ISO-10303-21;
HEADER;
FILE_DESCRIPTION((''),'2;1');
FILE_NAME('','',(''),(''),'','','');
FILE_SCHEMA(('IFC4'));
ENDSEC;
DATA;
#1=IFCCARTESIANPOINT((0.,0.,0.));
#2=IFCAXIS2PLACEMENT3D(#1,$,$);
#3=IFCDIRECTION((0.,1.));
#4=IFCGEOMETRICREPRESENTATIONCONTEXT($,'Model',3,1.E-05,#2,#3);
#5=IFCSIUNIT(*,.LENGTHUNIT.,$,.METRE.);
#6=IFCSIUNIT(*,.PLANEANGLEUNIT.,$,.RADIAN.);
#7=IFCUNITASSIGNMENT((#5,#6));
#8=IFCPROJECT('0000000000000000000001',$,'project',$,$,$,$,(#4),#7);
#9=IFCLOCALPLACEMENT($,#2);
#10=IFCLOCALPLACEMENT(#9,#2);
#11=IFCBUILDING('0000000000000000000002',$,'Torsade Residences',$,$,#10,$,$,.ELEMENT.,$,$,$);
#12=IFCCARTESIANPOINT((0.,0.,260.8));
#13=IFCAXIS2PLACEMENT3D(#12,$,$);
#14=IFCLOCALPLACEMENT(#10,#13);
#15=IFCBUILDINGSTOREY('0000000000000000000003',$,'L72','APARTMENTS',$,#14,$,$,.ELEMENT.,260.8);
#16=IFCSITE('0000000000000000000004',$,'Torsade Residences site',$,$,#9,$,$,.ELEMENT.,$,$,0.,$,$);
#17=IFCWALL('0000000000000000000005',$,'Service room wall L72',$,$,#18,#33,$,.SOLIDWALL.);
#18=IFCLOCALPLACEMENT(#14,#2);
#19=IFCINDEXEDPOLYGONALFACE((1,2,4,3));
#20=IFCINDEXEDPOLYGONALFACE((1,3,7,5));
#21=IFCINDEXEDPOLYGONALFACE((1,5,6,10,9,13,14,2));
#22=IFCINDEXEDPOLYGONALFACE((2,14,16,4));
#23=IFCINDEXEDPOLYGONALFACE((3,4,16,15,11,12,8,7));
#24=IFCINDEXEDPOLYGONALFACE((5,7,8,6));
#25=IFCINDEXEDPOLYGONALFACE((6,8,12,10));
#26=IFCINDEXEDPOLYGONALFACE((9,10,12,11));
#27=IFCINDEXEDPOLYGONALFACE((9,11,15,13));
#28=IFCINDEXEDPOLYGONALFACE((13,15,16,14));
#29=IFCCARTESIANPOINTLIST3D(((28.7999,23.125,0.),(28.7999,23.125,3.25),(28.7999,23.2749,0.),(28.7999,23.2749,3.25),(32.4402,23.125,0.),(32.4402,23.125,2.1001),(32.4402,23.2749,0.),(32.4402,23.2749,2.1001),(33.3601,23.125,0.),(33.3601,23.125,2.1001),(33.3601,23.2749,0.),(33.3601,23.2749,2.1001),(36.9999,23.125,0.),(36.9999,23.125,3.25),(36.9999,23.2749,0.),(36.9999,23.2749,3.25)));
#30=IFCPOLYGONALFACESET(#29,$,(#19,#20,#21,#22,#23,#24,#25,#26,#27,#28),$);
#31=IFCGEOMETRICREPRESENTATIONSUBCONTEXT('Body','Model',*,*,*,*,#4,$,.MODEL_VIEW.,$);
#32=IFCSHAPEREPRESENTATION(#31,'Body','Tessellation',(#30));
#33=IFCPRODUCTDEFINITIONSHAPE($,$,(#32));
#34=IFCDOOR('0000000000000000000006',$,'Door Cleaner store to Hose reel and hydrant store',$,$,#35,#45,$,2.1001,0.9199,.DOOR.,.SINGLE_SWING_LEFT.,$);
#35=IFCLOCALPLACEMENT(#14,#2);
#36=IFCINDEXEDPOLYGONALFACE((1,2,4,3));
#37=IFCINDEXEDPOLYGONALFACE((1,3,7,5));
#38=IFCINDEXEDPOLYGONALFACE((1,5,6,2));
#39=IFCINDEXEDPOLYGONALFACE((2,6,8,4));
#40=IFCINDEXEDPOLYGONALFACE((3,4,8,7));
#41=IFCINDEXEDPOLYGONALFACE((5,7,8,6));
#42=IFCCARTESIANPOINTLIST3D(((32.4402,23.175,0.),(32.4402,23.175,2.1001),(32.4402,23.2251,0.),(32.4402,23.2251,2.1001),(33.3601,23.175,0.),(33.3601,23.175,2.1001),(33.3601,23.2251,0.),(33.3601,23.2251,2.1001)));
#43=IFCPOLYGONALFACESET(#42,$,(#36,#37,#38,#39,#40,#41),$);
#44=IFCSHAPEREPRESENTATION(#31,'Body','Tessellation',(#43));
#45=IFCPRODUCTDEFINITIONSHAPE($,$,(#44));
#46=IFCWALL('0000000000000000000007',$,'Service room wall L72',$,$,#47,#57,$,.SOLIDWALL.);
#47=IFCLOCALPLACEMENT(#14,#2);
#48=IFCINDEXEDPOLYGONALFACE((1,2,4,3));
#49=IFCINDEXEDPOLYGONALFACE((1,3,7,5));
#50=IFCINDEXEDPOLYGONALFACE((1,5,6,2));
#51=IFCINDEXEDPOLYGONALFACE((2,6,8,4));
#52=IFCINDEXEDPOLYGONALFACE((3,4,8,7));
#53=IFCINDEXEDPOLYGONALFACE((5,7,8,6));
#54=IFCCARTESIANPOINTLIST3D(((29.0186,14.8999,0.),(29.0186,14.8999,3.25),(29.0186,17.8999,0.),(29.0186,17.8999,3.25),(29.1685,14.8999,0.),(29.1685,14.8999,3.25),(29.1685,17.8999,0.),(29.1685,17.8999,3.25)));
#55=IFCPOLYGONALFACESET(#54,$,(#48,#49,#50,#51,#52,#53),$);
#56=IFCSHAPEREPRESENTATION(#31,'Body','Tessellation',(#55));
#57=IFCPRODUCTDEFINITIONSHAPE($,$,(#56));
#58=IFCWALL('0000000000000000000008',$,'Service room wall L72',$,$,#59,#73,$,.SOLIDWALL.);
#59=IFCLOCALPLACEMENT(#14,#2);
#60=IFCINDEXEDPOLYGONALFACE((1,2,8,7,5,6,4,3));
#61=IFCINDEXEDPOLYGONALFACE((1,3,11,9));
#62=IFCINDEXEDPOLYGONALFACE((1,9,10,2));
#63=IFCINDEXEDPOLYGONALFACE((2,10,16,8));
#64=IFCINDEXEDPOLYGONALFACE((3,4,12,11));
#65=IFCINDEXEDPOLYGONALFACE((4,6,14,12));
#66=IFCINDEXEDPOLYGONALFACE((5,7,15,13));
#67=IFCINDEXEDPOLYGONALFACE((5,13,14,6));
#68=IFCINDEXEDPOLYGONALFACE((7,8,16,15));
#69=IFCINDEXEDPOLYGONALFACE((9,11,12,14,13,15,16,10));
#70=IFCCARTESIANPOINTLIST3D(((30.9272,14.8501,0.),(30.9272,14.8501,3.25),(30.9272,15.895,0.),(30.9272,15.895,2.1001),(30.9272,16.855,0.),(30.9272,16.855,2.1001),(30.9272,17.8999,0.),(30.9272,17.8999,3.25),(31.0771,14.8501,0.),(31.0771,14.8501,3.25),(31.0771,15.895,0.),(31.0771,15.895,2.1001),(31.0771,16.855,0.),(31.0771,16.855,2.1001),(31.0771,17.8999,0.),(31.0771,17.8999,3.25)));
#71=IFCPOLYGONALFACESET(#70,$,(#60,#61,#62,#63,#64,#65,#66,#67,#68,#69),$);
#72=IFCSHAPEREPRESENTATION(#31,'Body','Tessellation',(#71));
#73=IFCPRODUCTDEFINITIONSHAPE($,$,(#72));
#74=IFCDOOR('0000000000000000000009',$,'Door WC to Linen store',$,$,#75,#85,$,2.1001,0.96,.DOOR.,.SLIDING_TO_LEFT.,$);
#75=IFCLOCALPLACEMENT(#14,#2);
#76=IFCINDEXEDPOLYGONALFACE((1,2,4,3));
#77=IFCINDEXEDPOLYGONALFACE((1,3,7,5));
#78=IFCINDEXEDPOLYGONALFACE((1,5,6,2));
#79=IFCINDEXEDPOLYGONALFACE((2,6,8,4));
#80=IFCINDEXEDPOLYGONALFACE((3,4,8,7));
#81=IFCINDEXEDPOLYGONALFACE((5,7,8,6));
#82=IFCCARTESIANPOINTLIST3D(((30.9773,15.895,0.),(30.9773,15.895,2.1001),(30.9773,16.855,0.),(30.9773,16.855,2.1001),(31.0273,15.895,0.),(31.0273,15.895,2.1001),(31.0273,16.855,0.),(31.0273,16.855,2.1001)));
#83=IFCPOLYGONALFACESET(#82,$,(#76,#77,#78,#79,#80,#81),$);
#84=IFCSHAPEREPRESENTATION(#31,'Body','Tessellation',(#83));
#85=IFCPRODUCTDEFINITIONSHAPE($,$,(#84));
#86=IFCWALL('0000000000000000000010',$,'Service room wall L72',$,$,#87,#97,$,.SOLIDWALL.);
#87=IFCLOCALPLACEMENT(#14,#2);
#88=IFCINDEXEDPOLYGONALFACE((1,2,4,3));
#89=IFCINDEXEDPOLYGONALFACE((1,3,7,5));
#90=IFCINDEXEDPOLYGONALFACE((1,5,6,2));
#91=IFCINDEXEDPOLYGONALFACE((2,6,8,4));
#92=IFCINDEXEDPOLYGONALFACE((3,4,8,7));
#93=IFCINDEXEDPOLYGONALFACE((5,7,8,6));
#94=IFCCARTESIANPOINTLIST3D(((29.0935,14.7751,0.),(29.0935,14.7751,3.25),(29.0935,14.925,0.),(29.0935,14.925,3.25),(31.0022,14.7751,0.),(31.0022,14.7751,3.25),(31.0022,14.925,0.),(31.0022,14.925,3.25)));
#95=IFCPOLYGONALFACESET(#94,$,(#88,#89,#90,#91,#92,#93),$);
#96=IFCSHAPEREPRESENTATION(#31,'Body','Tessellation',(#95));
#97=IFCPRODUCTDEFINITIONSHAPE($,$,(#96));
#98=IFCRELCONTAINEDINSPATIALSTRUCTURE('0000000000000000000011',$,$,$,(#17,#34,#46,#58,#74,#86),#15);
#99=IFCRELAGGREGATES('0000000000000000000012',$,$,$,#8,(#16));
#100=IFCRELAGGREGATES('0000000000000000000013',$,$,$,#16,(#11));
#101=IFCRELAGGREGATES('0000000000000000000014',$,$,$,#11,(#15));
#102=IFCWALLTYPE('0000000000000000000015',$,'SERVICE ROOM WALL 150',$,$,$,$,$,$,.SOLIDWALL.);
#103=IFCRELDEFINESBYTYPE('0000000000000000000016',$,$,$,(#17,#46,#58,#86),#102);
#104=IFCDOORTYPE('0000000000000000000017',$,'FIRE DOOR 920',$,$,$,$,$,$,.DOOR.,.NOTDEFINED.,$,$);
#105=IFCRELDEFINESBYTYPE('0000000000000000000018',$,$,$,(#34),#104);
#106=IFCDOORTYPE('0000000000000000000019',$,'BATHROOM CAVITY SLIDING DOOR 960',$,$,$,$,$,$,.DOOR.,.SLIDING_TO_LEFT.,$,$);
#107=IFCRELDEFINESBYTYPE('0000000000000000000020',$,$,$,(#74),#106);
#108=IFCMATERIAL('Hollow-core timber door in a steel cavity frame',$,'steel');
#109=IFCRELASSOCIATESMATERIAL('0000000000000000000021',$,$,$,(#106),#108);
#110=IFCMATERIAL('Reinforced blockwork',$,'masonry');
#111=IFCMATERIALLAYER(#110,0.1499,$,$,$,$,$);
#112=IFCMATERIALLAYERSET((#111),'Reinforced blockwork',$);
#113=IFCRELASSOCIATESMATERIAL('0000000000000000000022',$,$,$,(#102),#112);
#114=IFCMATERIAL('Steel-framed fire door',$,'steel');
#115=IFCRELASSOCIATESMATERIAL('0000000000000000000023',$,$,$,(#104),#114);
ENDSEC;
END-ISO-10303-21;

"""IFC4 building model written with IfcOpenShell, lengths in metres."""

from ifc_helpers import new_model, si_unit, direction, frame, frame_2d, origin, place, context, subcontext, project, spatial, rectangle, extrude, material, layer, layer_set, type_object, element, fill, save


model = new_model("IFC4")

# Units and contexts
model_context = context("Model", 3, precision=1e-05, world=origin(), true_north=direction((0.0, 1.0)))
body_context = subcontext(model_context, "Body", "Model", "MODEL_VIEW")
ifc_project = project(units=[si_unit("LENGTHUNIT", "METRE"), si_unit("PLANEANGLEUNIT", "RADIAN")], contexts=[model_context])

# Site, building, storey
site_placement = place(None, origin())
site = spatial("IfcSite", under=ifc_project, at=site_placement, Name="Torsade Residences site", CompositionType="ELEMENT", RefElevation=0.0)
building_placement = place(site_placement, origin())
building = spatial("IfcBuilding", under=site, at=building_placement, Name="Torsade Residences", CompositionType="ELEMENT")
storey_placement = place(building_placement, frame((0.0, 0.0, 260.8)))
storey = spatial("IfcBuildingStorey", under=building, at=storey_placement, Name="L72", Description="APARTMENTS", CompositionType="ELEMENT", Elevation=260.8)

# Shared definitions
ifc_material_1 = material(Name="Hollow-core timber door in a steel cavity frame", Category="steel")
door_type_1 = type_object("IfcDoorType", Name="BATHROOM CAVITY SLIDING DOOR 960", OperationType="SLIDING_TO_LEFT", PredefinedType="DOOR", material=ifc_material_1)

# Shared definitions
ifc_material_2 = material(Name="Reinforced blockwork", Category="masonry")
ifc_layer_1 = layer(ifc_material_2, 0.1499)
ifc_layer_set_1 = layer_set([ifc_layer_1], Name="Reinforced blockwork")
wall_type_1 = type_object("IfcWallType", Name="SERVICE ROOM WALL 150", PredefinedType="SOLIDWALL", material=ifc_layer_set_1)

# Wall, opening, door
wall_1_placement = place(storey_placement, frame((37.0, 23.2, 0.0), z_axis=(0.0, 0.0, 1.0), x_axis=(-1.0, 0.0, 0.0)))
wall_1 = element("IfcWall", 1, at=wall_1_placement, inside=storey, type_object=wall_type_1, Name="Service room wall L72", PredefinedType="SOLIDWALL", context=body_context, shape_type="SweptSolid", body=[
    extrude(rectangle(XDim=8.2, YDim=0.1499, at=frame_2d((4.1001, 0.0))), origin(), (0.0, 0.0, 1.0), 3.25),
])
opening_1_placement = place(wall_1_placement, frame((3.6399, 0.0, 0.0)))
opening_1 = element("IfcOpeningElement", 2, at=opening_1_placement, cuts=wall_1, PredefinedType="OPENING", context=body_context, shape_type="SweptSolid", body=[
    extrude(rectangle(XDim=0.9199, YDim=2.1001, at=frame_2d((0.46, 1.05))), frame((0.0, 0.085, 0.0), z_axis=(0.0, -1.0, 0.0), x_axis=(1.0, 0.0, 0.0)), (0.0, 0.0, 1.0), 0.1699),
])
ifc_material_3 = material(Name="Steel-framed fire door", Category="steel")
door_type_2 = type_object("IfcDoorType", Name="FIRE DOOR 920", OperationType="NOTDEFINED", PredefinedType="DOOR", material=ifc_material_3)
door_1_placement = place(opening_1_placement, origin())
door_1 = element("IfcDoor", 3, at=door_1_placement, inside=storey, type_object=door_type_2, Name="Door Cleaner store to Hose reel and hydrant store", OperationType="SINGLE_SWING_LEFT", OverallHeight=2.1001, OverallWidth=0.9199, PredefinedType="DOOR", context=body_context, shape_type="SweptSolid", body=[
    extrude(rectangle(XDim=0.9199, YDim=2.1001, at=frame_2d((0.46, 1.05))), frame((0.0, 0.0249, 0.0), z_axis=(0.0, -1.0, 0.0), x_axis=(1.0, 0.0, 0.0)), (0.0, 0.0, 1.0), 0.05),
])
fill(opening_1, door_1)

# Wall
wall_2_placement = place(storey_placement, frame((29.0935, 17.8999, 0.0), z_axis=(0.0, 0.0, 1.0), x_axis=(0.0, -1.0, 0.0)))
element("IfcWall", 4, at=wall_2_placement, inside=storey, type_object=wall_type_1, Name="Service room wall L72", PredefinedType="SOLIDWALL", context=body_context, shape_type="SweptSolid", body=[
    extrude(rectangle(XDim=3.0, YDim=0.1499, at=frame_2d((1.5, 0.0))), origin(), (0.0, 0.0, 1.0), 3.25),
])

# Wall, opening, door
wall_3_placement = place(storey_placement, frame((31.0022, 14.8501, 0.0), z_axis=(0.0, 0.0, 1.0), x_axis=(0.0, 1.0, 0.0)))
wall_3 = element("IfcWall", 5, at=wall_3_placement, inside=storey, type_object=wall_type_1, Name="Service room wall L72", PredefinedType="SOLIDWALL", context=body_context, shape_type="SweptSolid", body=[
    extrude(rectangle(XDim=3.0498, YDim=0.1499, at=frame_2d((1.5249, 0.0))), origin(), (0.0, 0.0, 1.0), 3.25),
])
opening_2_placement = place(wall_3_placement, frame((1.0449, 0.0, 0.0)))
opening_2 = element("IfcOpeningElement", 6, at=opening_2_placement, cuts=wall_3, PredefinedType="OPENING", context=body_context, shape_type="SweptSolid", body=[
    extrude(rectangle(XDim=0.96, YDim=2.1001, at=frame_2d((0.48, 1.05))), frame((0.0, 0.085, 0.0), z_axis=(0.0, -1.0, 0.0), x_axis=(1.0, 0.0, 0.0)), (0.0, 0.0, 1.0), 0.1699),
])
door_2_placement = place(opening_2_placement, origin())
door_2 = element("IfcDoor", 7, at=door_2_placement, inside=storey, type_object=door_type_1, Name="Door WC to Linen store", OperationType="SLIDING_TO_LEFT", OverallHeight=2.1001, OverallWidth=0.96, PredefinedType="DOOR", context=body_context, shape_type="SweptSolid", body=[
    extrude(rectangle(XDim=0.96, YDim=2.1001, at=frame_2d((0.48, 1.05))), frame((0.0, 0.0249, 0.0), z_axis=(0.0, -1.0, 0.0), x_axis=(1.0, 0.0, 0.0)), (0.0, 0.0, 1.0), 0.05),
])
fill(opening_2, door_2)

# Wall
wall_4_placement = place(storey_placement, frame((29.0935, 14.8501, 0.0), z_axis=(0.0, 0.0, 1.0), x_axis=(1.0, 0.0, 0.0)))
element("IfcWall", 8, at=wall_4_placement, inside=storey, type_object=wall_type_1, Name="Service room wall L72", PredefinedType="SOLIDWALL", context=body_context, shape_type="SweptSolid", body=[
    extrude(rectangle(XDim=1.9087, YDim=0.1499, at=frame_2d((0.9543, 0.0))), origin(), (0.0, 0.0, 1.0), 3.25),
])

save(model, "model.ifc")
